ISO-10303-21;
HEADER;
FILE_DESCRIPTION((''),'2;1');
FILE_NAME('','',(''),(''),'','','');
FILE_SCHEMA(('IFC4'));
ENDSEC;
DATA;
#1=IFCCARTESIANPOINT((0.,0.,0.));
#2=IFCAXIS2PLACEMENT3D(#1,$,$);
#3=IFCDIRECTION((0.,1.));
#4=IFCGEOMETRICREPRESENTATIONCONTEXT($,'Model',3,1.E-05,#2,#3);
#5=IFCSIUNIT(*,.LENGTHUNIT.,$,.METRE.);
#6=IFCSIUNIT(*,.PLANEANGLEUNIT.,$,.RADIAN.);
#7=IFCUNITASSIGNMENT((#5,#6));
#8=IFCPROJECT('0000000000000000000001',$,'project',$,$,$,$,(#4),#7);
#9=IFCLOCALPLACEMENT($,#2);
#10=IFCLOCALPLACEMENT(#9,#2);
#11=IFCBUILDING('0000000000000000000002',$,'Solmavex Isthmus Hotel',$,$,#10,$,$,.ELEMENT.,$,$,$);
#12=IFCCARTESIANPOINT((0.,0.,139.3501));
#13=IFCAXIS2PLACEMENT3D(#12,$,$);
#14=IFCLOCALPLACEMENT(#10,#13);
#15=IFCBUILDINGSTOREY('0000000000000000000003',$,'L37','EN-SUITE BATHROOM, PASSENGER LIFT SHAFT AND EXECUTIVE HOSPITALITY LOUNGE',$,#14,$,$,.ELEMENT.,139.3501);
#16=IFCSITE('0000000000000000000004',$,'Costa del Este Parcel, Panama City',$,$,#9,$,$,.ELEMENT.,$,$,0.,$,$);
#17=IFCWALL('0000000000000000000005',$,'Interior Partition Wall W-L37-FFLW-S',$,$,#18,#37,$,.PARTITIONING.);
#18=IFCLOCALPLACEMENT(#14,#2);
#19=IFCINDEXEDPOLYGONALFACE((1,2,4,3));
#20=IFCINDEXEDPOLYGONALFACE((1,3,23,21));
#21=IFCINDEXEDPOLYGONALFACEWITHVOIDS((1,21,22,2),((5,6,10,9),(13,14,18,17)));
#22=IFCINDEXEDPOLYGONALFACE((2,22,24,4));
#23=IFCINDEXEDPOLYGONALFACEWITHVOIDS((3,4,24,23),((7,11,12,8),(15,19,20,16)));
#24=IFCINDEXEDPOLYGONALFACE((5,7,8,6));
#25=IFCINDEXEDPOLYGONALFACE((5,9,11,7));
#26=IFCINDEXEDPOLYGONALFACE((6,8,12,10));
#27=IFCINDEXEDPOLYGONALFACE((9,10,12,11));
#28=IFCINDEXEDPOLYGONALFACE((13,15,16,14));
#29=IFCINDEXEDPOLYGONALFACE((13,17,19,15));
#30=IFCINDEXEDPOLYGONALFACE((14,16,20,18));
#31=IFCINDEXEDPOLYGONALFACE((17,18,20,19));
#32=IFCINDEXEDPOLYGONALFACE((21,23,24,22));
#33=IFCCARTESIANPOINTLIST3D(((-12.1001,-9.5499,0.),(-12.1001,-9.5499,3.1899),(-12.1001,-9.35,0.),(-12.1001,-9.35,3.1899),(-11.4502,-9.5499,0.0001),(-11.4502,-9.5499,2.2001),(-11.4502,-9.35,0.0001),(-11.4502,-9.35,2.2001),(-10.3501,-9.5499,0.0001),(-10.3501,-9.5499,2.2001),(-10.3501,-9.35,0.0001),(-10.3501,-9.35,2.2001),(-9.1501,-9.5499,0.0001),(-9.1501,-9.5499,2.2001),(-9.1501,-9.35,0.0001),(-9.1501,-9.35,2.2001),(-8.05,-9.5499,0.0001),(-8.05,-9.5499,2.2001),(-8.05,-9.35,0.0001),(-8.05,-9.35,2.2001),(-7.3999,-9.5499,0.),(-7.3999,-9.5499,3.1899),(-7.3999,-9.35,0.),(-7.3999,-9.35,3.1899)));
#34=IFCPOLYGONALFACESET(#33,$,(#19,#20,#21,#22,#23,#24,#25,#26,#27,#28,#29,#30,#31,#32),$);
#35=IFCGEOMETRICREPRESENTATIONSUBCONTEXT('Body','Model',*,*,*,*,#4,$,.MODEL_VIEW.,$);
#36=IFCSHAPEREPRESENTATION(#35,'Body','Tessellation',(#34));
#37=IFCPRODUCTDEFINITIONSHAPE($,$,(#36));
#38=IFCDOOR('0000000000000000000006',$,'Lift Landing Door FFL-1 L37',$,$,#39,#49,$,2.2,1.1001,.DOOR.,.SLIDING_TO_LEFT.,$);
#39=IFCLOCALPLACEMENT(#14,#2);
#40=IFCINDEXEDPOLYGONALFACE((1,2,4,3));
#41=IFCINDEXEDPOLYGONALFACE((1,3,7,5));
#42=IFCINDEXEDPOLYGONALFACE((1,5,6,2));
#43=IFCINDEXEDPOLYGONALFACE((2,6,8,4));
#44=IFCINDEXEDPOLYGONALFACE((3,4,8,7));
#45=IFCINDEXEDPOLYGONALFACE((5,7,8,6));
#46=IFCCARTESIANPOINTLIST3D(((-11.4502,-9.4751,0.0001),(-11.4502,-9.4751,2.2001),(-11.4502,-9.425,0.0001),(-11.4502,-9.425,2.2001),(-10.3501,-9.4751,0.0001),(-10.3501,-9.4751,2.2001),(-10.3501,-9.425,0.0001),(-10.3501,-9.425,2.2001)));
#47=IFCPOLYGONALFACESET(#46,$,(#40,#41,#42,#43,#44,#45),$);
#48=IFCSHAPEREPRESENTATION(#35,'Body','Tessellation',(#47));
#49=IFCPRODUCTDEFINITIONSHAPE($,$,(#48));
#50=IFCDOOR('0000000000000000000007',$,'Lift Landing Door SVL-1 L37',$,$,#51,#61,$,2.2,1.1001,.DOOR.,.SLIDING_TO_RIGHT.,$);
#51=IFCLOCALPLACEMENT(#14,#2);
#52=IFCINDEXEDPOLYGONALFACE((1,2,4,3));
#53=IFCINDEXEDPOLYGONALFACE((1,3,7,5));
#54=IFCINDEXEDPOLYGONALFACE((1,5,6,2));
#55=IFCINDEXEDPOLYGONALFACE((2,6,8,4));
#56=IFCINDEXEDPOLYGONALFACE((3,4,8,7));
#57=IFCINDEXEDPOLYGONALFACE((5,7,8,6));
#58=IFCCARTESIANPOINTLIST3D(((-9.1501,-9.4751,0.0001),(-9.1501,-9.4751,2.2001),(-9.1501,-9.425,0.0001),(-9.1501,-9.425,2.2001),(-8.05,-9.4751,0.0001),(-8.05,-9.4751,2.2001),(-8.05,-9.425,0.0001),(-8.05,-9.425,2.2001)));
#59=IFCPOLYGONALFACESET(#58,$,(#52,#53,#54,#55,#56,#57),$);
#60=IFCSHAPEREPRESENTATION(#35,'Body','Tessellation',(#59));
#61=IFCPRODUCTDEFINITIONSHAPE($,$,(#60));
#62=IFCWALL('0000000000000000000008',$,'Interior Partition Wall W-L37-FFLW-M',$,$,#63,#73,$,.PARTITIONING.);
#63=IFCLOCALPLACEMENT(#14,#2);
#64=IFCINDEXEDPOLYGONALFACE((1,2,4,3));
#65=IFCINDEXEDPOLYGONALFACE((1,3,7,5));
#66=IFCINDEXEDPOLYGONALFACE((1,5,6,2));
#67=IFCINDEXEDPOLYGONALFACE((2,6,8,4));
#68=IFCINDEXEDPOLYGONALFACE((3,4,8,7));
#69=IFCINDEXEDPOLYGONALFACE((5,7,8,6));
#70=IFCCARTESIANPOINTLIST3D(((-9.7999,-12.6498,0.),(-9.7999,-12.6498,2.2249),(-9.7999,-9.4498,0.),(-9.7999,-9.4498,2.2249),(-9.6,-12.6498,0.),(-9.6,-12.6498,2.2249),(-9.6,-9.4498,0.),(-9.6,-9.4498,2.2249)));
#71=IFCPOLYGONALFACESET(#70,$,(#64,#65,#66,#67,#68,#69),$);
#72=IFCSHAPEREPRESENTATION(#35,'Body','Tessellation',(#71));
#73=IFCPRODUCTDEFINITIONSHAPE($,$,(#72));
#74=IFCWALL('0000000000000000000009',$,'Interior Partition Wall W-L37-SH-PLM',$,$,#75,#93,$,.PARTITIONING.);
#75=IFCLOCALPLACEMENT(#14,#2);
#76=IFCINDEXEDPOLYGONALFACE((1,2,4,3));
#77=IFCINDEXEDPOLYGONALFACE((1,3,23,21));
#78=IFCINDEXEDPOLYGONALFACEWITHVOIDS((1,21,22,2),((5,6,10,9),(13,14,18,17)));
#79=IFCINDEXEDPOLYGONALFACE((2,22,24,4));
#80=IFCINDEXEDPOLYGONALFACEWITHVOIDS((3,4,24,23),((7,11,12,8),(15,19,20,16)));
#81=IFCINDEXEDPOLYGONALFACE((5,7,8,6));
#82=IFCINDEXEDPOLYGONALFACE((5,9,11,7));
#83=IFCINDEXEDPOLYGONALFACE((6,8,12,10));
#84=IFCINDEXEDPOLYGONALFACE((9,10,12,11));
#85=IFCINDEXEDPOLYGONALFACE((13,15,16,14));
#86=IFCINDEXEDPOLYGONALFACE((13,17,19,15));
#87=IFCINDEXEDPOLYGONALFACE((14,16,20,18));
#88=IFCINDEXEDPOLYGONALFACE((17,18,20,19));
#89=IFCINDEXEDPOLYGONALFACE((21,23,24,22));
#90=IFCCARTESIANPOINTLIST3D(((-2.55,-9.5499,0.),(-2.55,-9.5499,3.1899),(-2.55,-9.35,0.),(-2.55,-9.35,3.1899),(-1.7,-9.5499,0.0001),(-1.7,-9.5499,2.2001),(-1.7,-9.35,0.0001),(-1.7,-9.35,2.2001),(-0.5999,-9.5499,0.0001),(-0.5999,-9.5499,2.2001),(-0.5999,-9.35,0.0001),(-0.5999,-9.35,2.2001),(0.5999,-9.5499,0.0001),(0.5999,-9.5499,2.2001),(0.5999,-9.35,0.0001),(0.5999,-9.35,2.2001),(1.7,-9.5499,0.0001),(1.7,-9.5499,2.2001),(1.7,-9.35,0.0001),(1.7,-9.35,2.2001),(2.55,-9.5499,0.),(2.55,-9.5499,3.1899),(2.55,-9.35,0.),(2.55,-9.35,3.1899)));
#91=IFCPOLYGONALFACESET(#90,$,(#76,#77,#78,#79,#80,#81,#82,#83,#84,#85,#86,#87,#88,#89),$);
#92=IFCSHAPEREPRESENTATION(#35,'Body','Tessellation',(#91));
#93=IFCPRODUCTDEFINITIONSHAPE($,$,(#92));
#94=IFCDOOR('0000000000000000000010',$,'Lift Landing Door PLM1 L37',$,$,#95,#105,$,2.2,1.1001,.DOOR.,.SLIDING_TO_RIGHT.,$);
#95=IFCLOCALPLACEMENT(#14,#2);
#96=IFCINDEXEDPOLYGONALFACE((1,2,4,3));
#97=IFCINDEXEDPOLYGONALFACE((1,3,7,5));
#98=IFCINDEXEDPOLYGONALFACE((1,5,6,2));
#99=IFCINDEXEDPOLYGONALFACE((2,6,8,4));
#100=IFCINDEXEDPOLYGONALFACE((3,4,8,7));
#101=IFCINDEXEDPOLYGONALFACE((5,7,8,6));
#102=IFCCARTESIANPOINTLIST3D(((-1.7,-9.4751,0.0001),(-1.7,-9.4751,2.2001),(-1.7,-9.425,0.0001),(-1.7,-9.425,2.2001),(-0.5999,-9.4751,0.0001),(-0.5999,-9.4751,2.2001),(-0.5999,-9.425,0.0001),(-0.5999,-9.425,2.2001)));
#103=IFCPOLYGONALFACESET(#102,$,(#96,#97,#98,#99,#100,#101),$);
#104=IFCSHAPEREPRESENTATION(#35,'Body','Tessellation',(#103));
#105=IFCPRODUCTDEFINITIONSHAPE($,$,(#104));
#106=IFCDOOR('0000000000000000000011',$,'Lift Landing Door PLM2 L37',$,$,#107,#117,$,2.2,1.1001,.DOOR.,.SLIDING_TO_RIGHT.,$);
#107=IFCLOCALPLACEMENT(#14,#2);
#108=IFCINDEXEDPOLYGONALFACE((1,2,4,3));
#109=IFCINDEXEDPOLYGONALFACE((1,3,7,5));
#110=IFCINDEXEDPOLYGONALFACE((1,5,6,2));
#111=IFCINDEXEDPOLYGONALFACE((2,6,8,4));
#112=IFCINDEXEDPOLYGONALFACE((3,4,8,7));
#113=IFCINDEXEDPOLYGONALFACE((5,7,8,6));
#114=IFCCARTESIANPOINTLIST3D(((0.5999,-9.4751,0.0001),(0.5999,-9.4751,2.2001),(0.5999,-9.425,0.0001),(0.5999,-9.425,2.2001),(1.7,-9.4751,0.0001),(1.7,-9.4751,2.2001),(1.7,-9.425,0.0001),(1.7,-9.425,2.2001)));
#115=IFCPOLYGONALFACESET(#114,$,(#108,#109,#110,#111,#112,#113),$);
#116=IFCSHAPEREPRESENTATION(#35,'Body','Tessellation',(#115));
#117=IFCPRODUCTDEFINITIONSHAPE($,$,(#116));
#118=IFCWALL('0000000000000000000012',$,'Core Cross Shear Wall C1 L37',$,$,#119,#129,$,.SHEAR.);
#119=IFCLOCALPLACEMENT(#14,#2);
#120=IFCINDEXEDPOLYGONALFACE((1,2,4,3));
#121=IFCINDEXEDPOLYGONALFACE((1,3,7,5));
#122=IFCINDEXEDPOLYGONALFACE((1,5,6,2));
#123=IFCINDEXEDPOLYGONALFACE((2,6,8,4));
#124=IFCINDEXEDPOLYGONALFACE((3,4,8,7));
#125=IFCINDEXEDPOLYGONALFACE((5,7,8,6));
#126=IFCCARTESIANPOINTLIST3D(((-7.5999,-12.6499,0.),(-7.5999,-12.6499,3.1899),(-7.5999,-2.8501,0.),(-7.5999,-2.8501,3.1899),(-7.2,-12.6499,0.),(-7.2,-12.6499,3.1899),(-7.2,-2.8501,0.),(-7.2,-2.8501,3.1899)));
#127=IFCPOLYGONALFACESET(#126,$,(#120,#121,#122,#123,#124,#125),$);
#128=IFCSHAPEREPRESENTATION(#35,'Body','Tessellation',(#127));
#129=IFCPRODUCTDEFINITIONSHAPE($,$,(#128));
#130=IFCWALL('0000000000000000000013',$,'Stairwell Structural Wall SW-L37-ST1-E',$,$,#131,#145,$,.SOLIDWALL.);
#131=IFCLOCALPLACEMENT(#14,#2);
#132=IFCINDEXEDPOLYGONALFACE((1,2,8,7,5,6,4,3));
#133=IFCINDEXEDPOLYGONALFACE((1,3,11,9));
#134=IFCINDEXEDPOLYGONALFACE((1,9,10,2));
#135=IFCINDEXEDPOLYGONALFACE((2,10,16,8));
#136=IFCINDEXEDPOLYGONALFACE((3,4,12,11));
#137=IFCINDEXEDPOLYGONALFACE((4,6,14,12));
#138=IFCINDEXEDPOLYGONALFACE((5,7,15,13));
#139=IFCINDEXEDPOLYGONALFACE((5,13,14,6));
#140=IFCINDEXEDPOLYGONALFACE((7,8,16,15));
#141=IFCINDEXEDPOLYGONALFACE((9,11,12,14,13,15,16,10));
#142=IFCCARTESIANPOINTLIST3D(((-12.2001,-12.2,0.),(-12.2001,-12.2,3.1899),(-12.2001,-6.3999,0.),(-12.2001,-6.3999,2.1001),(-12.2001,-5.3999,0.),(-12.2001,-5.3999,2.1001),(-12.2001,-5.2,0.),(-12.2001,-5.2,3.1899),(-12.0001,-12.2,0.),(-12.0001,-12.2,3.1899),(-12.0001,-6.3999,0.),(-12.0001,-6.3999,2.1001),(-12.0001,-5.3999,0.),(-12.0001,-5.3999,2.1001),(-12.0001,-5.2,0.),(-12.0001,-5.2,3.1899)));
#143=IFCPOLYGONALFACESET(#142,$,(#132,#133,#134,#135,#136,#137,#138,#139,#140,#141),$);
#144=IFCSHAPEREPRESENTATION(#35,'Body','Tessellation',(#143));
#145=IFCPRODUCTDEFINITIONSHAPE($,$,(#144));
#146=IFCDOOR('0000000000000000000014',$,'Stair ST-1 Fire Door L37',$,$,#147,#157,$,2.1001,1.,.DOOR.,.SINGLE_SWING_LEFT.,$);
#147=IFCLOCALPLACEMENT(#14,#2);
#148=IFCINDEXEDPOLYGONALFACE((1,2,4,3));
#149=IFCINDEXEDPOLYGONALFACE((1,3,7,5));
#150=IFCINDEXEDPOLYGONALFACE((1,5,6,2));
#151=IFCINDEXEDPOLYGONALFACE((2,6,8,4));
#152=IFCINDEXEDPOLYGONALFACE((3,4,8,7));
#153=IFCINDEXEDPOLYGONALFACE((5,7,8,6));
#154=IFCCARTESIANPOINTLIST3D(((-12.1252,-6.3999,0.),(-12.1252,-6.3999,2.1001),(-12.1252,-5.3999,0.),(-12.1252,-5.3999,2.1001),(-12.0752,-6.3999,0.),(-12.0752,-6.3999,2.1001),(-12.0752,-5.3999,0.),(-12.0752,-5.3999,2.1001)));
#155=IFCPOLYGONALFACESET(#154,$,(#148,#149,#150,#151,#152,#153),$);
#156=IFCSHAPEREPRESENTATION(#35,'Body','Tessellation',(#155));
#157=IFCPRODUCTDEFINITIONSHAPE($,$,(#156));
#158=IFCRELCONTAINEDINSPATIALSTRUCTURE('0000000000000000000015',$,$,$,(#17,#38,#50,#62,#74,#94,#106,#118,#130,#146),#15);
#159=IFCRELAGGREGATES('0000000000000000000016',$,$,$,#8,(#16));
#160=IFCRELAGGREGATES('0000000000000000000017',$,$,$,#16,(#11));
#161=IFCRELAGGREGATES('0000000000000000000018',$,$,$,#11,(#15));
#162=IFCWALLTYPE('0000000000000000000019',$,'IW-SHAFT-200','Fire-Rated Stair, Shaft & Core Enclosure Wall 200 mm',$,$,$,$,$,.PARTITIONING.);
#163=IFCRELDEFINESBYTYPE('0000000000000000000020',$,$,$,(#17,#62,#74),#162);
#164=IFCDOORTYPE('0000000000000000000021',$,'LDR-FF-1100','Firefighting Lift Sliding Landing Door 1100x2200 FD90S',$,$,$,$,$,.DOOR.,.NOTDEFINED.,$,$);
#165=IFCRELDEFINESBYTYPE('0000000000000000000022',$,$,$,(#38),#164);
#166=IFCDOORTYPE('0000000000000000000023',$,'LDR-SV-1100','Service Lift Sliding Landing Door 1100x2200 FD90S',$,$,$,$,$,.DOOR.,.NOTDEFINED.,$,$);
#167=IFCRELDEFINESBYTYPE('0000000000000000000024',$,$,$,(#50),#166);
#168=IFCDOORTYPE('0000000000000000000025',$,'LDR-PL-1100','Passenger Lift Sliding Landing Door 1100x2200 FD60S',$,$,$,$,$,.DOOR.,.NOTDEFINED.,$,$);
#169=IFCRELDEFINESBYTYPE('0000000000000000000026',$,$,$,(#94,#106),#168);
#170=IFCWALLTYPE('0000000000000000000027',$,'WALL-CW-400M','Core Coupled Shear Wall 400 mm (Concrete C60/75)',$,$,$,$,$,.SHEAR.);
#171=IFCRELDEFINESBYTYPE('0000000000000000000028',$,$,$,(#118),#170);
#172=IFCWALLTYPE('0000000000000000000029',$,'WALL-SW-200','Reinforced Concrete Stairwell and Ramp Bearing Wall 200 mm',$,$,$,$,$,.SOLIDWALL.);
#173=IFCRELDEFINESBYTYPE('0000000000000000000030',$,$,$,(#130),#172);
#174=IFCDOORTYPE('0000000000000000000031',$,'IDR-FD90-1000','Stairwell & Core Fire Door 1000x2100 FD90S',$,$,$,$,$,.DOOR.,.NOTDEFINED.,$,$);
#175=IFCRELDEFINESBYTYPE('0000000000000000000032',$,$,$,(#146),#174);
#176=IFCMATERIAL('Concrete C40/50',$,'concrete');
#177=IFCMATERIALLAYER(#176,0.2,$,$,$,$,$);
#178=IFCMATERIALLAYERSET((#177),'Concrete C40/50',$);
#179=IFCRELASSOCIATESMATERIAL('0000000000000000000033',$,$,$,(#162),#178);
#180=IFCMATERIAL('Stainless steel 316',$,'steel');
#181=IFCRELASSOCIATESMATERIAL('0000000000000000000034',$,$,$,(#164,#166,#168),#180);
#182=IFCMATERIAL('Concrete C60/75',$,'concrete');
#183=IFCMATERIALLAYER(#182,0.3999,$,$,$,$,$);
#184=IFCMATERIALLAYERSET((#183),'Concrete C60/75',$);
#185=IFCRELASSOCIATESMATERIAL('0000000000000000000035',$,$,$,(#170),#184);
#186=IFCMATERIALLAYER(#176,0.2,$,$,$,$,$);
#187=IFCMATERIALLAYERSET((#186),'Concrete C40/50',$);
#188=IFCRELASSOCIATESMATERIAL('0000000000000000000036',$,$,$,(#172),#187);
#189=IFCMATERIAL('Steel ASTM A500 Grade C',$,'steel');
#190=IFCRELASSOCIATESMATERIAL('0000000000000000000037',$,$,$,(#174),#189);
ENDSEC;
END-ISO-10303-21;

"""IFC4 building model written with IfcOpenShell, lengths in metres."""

from ifc_helpers import new_model, si_unit, direction, frame, frame_2d, origin, place, context, subcontext, project, spatial, rectangle, extrude, material, layer, layer_set, type_object, element, fill, save


model = new_model("IFC4")

# Units and contexts
model_context = context("Model", 3, precision=1e-05, world=origin(), true_north=direction((0.0, 1.0)))
body_context = subcontext(model_context, "Body", "Model", "MODEL_VIEW")
ifc_project = project(units=[si_unit("LENGTHUNIT", "METRE"), si_unit("PLANEANGLEUNIT", "RADIAN")], contexts=[model_context])

# Site, building, storey
site_placement = place(None, origin())
site = spatial("IfcSite", under=ifc_project, at=site_placement, Name="Costa del Este Parcel, Panama City", CompositionType="ELEMENT", RefElevation=0.0)
building_placement = place(site_placement, origin())
building = spatial("IfcBuilding", under=site, at=building_placement, Name="Solmavex Isthmus Hotel", CompositionType="ELEMENT")
storey_placement = place(building_placement, frame((0.0, 0.0, 139.3501)))
storey = spatial("IfcBuildingStorey", under=building, at=storey_placement, Name="L37", Description="EN-SUITE BATHROOM, PASSENGER LIFT SHAFT AND EXECUTIVE HOSPITALITY LOUNGE", CompositionType="ELEMENT", Elevation=139.3501)

# Shared definitions
ifc_material_1 = material(Name="Concrete C60/75", Category="concrete")

# Shared definitions
ifc_material_2 = material(Name="Concrete C40/50", Category="concrete")

# Shared definitions
ifc_layer_1 = layer(ifc_material_2, 0.2)
ifc_layer_set_1 = layer_set([ifc_layer_1], Name="Concrete C40/50")
wall_type_1 = type_object("IfcWallType", Name="IW-SHAFT-200", Description="Fire-Rated Stair, Shaft & Core Enclosure Wall 200 mm", PredefinedType="PARTITIONING", material=ifc_layer_set_1)
ifc_material_3 = material(Name="Steel ASTM A500 Grade C", Category="steel")

# Wall, openings, doors
wall_1_placement = place(storey_placement, frame((-12.1001, -9.45, 0.0), z_axis=(0.0, 0.0, 1.0), x_axis=(1.0, 0.0, 0.0)))
wall_1 = element("IfcWall", 1, at=wall_1_placement, inside=storey, type_object=wall_type_1, Name="Interior Partition Wall W-L37-FFLW-S", PredefinedType="PARTITIONING", context=body_context, shape_type="SweptSolid", body=[
    extrude(rectangle(XDim=4.7002, YDim=0.2, at=frame_2d((2.3501, 0.0))), origin(), (0.0, 0.0, 1.0), 3.1899),
])
opening_1_placement = place(wall_1_placement, frame((0.6499, 0.0, 0.0)))
opening_1 = element("IfcOpeningElement", 2, at=opening_1_placement, cuts=wall_1, PredefinedType="OPENING", context=body_context, shape_type="SweptSolid", body=[
    extrude(rectangle(XDim=1.1001, YDim=2.2, at=frame_2d((0.55, 1.1001))), frame((0.0, 0.1099, 0.0), z_axis=(0.0, -1.0, 0.0), x_axis=(1.0, 0.0, 0.0)), (0.0, 0.0, 1.0), 0.22),
])
opening_2_placement = place(wall_1_placement, frame((2.95, 0.0, 0.0)))
opening_2 = element("IfcOpeningElement", 3, at=opening_2_placement, cuts=wall_1, PredefinedType="OPENING", context=body_context, shape_type="SweptSolid", body=[
    extrude(rectangle(XDim=1.1001, YDim=2.2, at=frame_2d((0.55, 1.1001))), frame((0.0, 0.1099, 0.0), z_axis=(0.0, -1.0, 0.0), x_axis=(1.0, 0.0, 0.0)), (0.0, 0.0, 1.0), 0.22),
])
ifc_material_4 = material(Name="Stainless steel 316", Category="steel")
door_type_1 = type_object("IfcDoorType", Name="LDR-FF-1100", Description="Firefighting Lift Sliding Landing Door 1100x2200 FD90S", OperationType="NOTDEFINED", PredefinedType="DOOR", material=ifc_material_4)
door_1_placement = place(opening_1_placement, origin())
door_1 = element("IfcDoor", 4, at=door_1_placement, inside=storey, type_object=door_type_1, Name="Lift Landing Door FFL-1 L37", OperationType="SLIDING_TO_LEFT", OverallHeight=2.2, OverallWidth=1.1001, PredefinedType="DOOR", context=body_context, shape_type="SweptSolid", body=[
    extrude(rectangle(XDim=1.1001, YDim=2.2, at=frame_2d((0.55, 1.1001))), frame((0.0, 0.0249, 0.0), z_axis=(0.0, -1.0, 0.0), x_axis=(1.0, 0.0, 0.0)), (0.0, 0.0, 1.0), 0.05),
])
fill(opening_1, door_1)
door_type_2 = type_object("IfcDoorType", Name="LDR-SV-1100", Description="Service Lift Sliding Landing Door 1100x2200 FD90S", OperationType="NOTDEFINED", PredefinedType="DOOR", material=ifc_material_4)
door_2_placement = place(opening_2_placement, origin())
door_2 = element("IfcDoor", 5, at=door_2_placement, inside=storey, type_object=door_type_2, Name="Lift Landing Door SVL-1 L37", OperationType="SLIDING_TO_RIGHT", OverallHeight=2.2, OverallWidth=1.1001, PredefinedType="DOOR", context=body_context, shape_type="SweptSolid", body=[
    extrude(rectangle(XDim=1.1001, YDim=2.2, at=frame_2d((0.55, 1.1001))), frame((0.0, 0.0249, 0.0), z_axis=(0.0, -1.0, 0.0), x_axis=(1.0, 0.0, 0.0)), (0.0, 0.0, 1.0), 0.05),
])
fill(opening_2, door_2)

# Wall
wall_2_placement = place(storey_placement, frame((-9.7, -12.6499, 0.0), z_axis=(0.0, 0.0, 1.0), x_axis=(0.0, 1.0, 0.0)))
element("IfcWall", 6, at=wall_2_placement, inside=storey, type_object=wall_type_1, Name="Interior Partition Wall W-L37-FFLW-M", PredefinedType="PARTITIONING", context=body_context, shape_type="SweptSolid", body=[
    extrude(rectangle(XDim=3.2, YDim=0.2, at=frame_2d((1.6001, 0.0))), origin(), (0.0, 0.0, 1.0), 2.2249),
])

# Wall, openings, doors
wall_3_placement = place(storey_placement, frame((-2.55, -9.45, 0.0), z_axis=(0.0, 0.0, 1.0), x_axis=(1.0, 0.0, 0.0)))
wall_3 = element("IfcWall", 7, at=wall_3_placement, inside=storey, type_object=wall_type_1, Name="Interior Partition Wall W-L37-SH-PLM", PredefinedType="PARTITIONING", context=body_context, shape_type="SweptSolid", body=[
    extrude(rectangle(XDim=5.1001, YDim=0.2, at=frame_2d((2.55, 0.0))), origin(), (0.0, 0.0, 1.0), 3.1899),
])
opening_3_placement = place(wall_3_placement, frame((0.8501, 0.0, 0.0)))
opening_3 = element("IfcOpeningElement", 8, at=opening_3_placement, cuts=wall_3, PredefinedType="OPENING", context=body_context, shape_type="SweptSolid", body=[
    extrude(rectangle(XDim=1.1001, YDim=2.2, at=frame_2d((0.55, 1.1001))), frame((0.0, 0.1099, 0.0), z_axis=(0.0, -1.0, 0.0), x_axis=(1.0, 0.0, 0.0)), (0.0, 0.0, 1.0), 0.22),
])
opening_4_placement = place(wall_3_placement, frame((3.1499, 0.0, 0.0)))
opening_4 = element("IfcOpeningElement", 9, at=opening_4_placement, cuts=wall_3, PredefinedType="OPENING", context=body_context, shape_type="SweptSolid", body=[
    extrude(rectangle(XDim=1.1001, YDim=2.2, at=frame_2d((0.55, 1.1001))), frame((0.0, 0.1099, 0.0), z_axis=(0.0, -1.0, 0.0), x_axis=(1.0, 0.0, 0.0)), (0.0, 0.0, 1.0), 0.22),
])
door_type_3 = type_object("IfcDoorType", Name="LDR-PL-1100", Description="Passenger Lift Sliding Landing Door 1100x2200 FD60S", OperationType="NOTDEFINED", PredefinedType="DOOR", material=ifc_material_4)
door_3_placement = place(opening_3_placement, origin())
door_3 = element("IfcDoor", 10, at=door_3_placement, inside=storey, type_object=door_type_3, Name="Lift Landing Door PLM1 L37", OperationType="SLIDING_TO_RIGHT", OverallHeight=2.2, OverallWidth=1.1001, PredefinedType="DOOR", context=body_context, shape_type="SweptSolid", body=[
    extrude(rectangle(XDim=1.1001, YDim=2.2, at=frame_2d((0.55, 1.1001))), frame((0.0, 0.0249, 0.0), z_axis=(0.0, -1.0, 0.0), x_axis=(1.0, 0.0, 0.0)), (0.0, 0.0, 1.0), 0.05),
])
fill(opening_3, door_3)
door_4_placement = place(opening_4_placement, origin())
door_4 = element("IfcDoor", 11, at=door_4_placement, inside=storey, type_object=door_type_3, Name="Lift Landing Door PLM2 L37", OperationType="SLIDING_TO_RIGHT", OverallHeight=2.2, OverallWidth=1.1001, PredefinedType="DOOR", context=body_context, shape_type="SweptSolid", body=[
    extrude(rectangle(XDim=1.1001, YDim=2.2, at=frame_2d((0.55, 1.1001))), frame((0.0, 0.0249, 0.0), z_axis=(0.0, -1.0, 0.0), x_axis=(1.0, 0.0, 0.0)), (0.0, 0.0, 1.0), 0.05),
])
fill(opening_4, door_4)

# Wall
ifc_layer_2 = layer(ifc_material_1, 0.3999)
ifc_layer_set_2 = layer_set([ifc_layer_2], Name="Concrete C60/75")
wall_type_2 = type_object("IfcWallType", Name="WALL-CW-400M", Description="Core Coupled Shear Wall 400 mm (Concrete C60/75)", PredefinedType="SHEAR", material=ifc_layer_set_2)
wall_4_placement = place(storey_placement, frame((-7.3999, -12.6499, 0.0), z_axis=(0.0, 0.0, 1.0), x_axis=(0.0, 1.0, 0.0)))
element("IfcWall", 12, at=wall_4_placement, inside=storey, type_object=wall_type_2, Name="Core Cross Shear Wall C1 L37", PredefinedType="SHEAR", context=body_context, shape_type="SweptSolid", body=[
    extrude(rectangle(XDim=9.7998, YDim=0.3999, at=frame_2d((4.8999, 0.0))), origin(), (0.0, 0.0, 1.0), 3.1899),
])

# Wall, opening, door
ifc_layer_3 = layer(ifc_material_2, 0.2)
ifc_layer_set_3 = layer_set([ifc_layer_3], Name="Concrete C40/50")
wall_type_3 = type_object("IfcWallType", Name="WALL-SW-200", Description="Reinforced Concrete Stairwell and Ramp Bearing Wall 200 mm", PredefinedType="SOLIDWALL", material=ifc_layer_set_3)
wall_5_placement = place(storey_placement, frame((-12.1001, -12.2, 0.0), z_axis=(0.0, 0.0, 1.0), x_axis=(0.0, 1.0, 0.0)))
wall_5 = element("IfcWall", 13, at=wall_5_placement, inside=storey, type_object=wall_type_3, Name="Stairwell Structural Wall SW-L37-ST1-E", PredefinedType="SOLIDWALL", context=body_context, shape_type="SweptSolid", body=[
    extrude(rectangle(XDim=7.0, YDim=0.2, at=frame_2d((3.5, 0.0))), origin(), (0.0, 0.0, 1.0), 3.1899),
])
opening_5_placement = place(wall_5_placement, frame((5.8, 0.0, 0.0)))
opening_5 = element("IfcOpeningElement", 14, at=opening_5_placement, cuts=wall_5, PredefinedType="OPENING", context=body_context, shape_type="SweptSolid", body=[
    extrude(rectangle(XDim=1.0, YDim=2.1001, at=frame_2d((0.5, 1.05))), frame((0.0, 0.1099, 0.0), z_axis=(0.0, -1.0, 0.0), x_axis=(1.0, 0.0, 0.0)), (0.0, 0.0, 1.0), 0.22),
])
door_type_4 = type_object("IfcDoorType", Name="IDR-FD90-1000", Description="Stairwell & Core Fire Door 1000x2100 FD90S", OperationType="NOTDEFINED", PredefinedType="DOOR", material=ifc_material_3)
door_5_placement = place(opening_5_placement, frame((1.0, 0.0, 0.0), z_axis=(0.0, 0.0, 1.0), x_axis=(-1.0, 0.0, 0.0)))
door_5 = element("IfcDoor", 15, at=door_5_placement, inside=storey, type_object=door_type_4, Name="Stair ST-1 Fire Door L37", OperationType="SINGLE_SWING_LEFT", OverallHeight=2.1001, OverallWidth=1.0, PredefinedType="DOOR", context=body_context, shape_type="SweptSolid", body=[
    extrude(rectangle(XDim=1.0, YDim=2.1001, at=frame_2d((0.5, 1.05))), frame((0.0, 0.0249, 0.0), z_axis=(0.0, -1.0, 0.0), x_axis=(1.0, 0.0, 0.0)), (0.0, 0.0, 1.0), 0.05),
])
fill(opening_5, door_5)

save(model, "model.ifc")
